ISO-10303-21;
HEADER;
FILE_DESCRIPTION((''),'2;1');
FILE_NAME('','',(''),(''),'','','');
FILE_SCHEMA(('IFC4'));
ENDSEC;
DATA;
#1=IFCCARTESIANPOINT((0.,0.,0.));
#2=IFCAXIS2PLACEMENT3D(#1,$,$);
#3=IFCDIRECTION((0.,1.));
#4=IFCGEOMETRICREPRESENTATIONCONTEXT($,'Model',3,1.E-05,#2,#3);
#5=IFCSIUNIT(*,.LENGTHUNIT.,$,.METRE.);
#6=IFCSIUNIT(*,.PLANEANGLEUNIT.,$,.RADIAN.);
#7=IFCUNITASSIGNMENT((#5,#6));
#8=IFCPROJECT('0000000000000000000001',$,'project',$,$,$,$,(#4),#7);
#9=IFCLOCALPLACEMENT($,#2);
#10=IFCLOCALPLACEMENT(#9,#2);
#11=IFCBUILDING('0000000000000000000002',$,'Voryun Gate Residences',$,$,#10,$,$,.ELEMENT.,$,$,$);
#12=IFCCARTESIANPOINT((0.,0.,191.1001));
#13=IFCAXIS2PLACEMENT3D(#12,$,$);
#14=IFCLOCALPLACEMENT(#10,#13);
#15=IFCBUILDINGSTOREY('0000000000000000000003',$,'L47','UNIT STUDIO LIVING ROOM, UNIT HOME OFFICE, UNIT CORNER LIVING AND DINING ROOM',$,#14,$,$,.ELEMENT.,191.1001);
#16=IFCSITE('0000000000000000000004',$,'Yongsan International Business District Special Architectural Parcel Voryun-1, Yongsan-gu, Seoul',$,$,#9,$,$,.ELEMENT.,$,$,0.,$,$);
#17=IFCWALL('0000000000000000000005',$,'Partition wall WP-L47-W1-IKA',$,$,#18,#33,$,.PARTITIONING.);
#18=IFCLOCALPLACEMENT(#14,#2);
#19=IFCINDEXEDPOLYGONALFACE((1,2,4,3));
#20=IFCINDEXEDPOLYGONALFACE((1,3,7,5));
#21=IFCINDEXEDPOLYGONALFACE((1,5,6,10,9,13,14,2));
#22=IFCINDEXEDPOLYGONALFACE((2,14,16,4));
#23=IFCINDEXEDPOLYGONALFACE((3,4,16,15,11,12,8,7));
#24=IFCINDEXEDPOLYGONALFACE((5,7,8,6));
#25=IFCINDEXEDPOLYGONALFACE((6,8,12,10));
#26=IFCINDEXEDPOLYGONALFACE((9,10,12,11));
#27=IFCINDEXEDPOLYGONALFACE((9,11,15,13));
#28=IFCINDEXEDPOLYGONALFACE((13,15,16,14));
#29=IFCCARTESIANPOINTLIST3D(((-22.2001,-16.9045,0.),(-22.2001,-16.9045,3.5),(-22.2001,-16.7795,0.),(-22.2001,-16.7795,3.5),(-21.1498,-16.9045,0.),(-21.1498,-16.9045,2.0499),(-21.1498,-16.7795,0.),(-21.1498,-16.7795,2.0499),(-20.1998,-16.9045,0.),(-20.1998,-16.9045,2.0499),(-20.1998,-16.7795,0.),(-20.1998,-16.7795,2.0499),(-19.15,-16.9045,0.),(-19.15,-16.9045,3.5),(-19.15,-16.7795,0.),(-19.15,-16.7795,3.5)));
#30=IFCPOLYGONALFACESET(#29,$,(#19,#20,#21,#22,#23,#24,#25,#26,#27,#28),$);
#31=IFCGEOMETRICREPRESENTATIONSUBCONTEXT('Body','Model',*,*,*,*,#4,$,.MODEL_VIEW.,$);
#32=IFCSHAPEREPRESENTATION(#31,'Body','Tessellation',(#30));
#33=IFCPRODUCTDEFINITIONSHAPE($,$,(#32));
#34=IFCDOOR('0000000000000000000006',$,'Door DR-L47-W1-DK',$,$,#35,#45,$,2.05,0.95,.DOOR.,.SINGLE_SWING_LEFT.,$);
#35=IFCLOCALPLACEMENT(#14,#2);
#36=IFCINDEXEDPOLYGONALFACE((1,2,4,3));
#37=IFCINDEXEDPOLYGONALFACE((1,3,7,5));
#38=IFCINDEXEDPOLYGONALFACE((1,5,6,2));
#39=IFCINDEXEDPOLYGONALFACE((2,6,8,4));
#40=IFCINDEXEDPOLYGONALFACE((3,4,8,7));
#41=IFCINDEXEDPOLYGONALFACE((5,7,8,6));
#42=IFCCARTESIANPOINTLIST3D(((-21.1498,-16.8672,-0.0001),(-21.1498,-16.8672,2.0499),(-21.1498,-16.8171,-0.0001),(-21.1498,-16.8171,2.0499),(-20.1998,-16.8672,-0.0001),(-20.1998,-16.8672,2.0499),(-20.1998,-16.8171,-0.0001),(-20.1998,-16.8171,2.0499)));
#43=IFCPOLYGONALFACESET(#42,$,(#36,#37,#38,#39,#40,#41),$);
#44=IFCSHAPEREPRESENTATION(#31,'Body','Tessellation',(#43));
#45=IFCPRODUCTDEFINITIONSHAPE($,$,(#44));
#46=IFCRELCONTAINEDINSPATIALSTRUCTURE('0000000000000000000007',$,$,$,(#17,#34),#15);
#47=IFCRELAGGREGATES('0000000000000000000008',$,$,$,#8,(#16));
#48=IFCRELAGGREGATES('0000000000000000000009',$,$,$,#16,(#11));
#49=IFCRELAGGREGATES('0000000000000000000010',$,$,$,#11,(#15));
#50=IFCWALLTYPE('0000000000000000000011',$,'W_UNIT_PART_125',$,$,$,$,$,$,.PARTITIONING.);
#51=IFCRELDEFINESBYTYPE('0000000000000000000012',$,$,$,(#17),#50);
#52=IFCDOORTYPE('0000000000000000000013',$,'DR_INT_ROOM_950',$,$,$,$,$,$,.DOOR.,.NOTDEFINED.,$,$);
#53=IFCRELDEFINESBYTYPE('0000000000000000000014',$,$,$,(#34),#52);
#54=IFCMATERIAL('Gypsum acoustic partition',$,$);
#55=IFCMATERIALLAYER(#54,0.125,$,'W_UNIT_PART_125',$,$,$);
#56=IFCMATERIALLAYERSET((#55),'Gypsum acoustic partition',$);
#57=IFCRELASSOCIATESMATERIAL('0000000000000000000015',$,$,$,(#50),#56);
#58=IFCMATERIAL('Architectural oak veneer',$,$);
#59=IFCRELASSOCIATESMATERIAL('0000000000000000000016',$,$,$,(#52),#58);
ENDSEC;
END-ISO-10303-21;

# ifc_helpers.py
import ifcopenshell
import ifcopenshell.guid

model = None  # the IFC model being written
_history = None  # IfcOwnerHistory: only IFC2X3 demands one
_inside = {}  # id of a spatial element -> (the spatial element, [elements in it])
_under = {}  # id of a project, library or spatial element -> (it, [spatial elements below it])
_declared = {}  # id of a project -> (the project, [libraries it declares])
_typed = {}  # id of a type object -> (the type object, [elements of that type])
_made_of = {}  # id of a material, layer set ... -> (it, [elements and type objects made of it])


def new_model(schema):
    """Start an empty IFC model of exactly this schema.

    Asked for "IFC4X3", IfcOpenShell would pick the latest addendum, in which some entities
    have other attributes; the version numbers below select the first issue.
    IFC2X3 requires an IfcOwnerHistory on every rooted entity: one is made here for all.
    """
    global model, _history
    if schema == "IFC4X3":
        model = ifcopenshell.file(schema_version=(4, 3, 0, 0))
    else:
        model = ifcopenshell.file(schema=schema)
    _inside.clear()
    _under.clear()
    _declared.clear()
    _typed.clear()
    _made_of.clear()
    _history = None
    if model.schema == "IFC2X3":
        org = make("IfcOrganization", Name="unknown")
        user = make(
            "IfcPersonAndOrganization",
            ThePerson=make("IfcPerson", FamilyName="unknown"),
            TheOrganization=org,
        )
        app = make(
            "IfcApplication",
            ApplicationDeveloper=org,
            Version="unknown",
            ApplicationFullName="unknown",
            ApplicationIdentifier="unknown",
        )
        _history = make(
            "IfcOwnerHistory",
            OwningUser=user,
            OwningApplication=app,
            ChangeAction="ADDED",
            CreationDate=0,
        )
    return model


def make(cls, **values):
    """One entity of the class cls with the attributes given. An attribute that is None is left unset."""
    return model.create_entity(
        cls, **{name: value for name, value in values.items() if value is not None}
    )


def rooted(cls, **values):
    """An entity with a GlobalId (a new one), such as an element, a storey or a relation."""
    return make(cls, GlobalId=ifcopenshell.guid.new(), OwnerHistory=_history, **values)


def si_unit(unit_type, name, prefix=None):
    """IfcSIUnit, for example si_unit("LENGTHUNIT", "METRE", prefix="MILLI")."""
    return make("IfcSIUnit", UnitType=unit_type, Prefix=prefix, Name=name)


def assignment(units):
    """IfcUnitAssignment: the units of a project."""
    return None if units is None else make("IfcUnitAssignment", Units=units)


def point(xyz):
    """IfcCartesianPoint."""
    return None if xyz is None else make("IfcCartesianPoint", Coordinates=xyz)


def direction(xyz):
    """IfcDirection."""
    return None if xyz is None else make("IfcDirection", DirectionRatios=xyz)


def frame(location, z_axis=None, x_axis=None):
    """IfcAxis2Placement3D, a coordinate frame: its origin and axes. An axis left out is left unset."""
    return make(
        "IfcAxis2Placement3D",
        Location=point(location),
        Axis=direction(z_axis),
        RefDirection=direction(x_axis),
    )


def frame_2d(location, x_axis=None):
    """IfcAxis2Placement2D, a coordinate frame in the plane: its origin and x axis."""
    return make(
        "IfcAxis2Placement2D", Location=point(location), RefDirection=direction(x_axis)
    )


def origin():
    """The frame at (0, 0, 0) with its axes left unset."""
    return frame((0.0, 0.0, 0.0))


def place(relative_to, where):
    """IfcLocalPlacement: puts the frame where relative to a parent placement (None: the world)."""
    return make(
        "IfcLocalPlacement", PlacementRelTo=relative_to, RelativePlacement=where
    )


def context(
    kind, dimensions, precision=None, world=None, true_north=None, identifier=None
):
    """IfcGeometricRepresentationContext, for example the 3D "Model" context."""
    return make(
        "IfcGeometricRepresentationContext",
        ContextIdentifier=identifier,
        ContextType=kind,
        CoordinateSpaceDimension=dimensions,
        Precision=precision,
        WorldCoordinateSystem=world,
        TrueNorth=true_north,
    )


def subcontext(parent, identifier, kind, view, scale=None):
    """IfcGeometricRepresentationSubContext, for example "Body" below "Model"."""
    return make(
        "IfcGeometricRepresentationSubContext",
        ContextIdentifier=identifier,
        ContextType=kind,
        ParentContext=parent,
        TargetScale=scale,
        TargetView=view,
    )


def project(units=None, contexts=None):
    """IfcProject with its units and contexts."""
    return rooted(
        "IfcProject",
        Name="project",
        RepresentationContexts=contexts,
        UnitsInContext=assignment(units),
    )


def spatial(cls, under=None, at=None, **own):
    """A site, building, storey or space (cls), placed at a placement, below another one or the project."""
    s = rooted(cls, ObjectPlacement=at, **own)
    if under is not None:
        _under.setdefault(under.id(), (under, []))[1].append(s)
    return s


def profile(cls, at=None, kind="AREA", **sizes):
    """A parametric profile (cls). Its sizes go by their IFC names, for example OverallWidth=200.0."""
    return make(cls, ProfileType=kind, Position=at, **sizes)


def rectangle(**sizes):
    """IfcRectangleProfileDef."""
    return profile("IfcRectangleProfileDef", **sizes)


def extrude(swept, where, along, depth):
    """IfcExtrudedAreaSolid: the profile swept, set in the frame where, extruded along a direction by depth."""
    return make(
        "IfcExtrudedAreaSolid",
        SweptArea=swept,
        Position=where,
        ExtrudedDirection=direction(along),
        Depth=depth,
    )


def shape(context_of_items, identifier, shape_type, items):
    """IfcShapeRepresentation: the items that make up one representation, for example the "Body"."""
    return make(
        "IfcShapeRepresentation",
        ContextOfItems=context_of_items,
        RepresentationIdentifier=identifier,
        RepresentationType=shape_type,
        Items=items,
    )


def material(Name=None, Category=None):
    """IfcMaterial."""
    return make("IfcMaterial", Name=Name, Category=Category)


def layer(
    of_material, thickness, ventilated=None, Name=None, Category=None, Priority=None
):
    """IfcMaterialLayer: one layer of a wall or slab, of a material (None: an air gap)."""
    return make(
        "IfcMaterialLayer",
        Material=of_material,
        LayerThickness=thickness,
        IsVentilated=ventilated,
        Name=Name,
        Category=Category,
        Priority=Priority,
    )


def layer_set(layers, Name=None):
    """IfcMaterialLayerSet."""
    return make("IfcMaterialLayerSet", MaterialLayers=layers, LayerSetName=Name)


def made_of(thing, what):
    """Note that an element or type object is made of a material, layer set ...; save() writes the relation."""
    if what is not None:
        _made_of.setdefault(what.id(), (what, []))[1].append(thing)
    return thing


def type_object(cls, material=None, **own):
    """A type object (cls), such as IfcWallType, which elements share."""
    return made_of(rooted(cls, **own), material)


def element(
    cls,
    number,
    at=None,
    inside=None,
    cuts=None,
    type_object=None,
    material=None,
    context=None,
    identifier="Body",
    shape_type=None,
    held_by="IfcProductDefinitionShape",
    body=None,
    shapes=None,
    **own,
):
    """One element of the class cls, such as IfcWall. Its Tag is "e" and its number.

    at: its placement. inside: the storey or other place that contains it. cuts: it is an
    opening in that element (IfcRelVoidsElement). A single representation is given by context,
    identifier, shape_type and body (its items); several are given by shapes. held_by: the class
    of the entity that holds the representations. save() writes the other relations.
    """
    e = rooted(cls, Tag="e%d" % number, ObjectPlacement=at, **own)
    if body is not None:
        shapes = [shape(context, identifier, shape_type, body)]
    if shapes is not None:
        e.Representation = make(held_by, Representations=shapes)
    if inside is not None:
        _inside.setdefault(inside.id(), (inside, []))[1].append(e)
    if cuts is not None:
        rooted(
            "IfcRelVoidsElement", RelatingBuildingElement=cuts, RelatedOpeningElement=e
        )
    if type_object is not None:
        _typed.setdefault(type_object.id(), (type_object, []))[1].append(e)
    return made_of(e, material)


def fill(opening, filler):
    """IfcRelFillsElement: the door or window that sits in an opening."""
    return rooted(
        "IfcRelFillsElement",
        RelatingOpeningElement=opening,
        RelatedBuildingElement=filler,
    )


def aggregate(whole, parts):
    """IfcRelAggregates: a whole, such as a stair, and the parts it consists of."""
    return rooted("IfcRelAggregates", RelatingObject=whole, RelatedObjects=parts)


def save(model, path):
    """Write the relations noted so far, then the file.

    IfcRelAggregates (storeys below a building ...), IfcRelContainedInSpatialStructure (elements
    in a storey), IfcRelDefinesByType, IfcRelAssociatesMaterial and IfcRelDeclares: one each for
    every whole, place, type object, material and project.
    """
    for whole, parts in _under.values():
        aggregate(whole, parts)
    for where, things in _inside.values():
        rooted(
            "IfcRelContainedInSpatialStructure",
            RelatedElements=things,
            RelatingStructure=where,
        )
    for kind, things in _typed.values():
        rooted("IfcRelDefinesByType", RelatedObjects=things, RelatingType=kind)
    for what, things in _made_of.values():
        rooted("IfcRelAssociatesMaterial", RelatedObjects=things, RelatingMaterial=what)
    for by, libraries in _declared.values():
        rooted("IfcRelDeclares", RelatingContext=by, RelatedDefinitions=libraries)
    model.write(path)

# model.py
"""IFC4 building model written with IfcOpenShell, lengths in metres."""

from ifc_helpers import new_model, si_unit, direction, frame, frame_2d, origin, place, context, subcontext, project, spatial, rectangle, extrude, material, layer, layer_set, type_object, element, fill, save


model = new_model("IFC4")

# Units and contexts
model_context = context("Model", 3, precision=1e-05, world=origin(), true_north=direction((0.0, 1.0)))
body_context = subcontext(model_context, "Body", "Model", "MODEL_VIEW")
ifc_project = project(units=[si_unit("LENGTHUNIT", "METRE"), si_unit("PLANEANGLEUNIT", "RADIAN")], contexts=[model_context])

# Site, building, storey
site_placement = place(None, origin())
site = spatial("IfcSite", under=ifc_project, at=site_placement, Name="Yongsan International Business District Special Architectural Parcel Voryun-1, Yongsan-gu, Seoul", CompositionType="ELEMENT", RefElevation=0.0)
building_placement = place(site_placement, origin())
building = spatial("IfcBuilding", under=site, at=building_placement, Name="Voryun Gate Residences", CompositionType="ELEMENT")
storey_placement = place(building_placement, frame((0.0, 0.0, 191.1001)))
storey = spatial("IfcBuildingStorey", under=building, at=storey_placement, Name="L47", Description="UNIT STUDIO LIVING ROOM, UNIT HOME OFFICE, UNIT CORNER LIVING AND DINING ROOM", CompositionType="ELEMENT", Elevation=191.1001)

# Shared definitions
ifc_material_1 = material(Name="Gypsum acoustic partition")
ifc_layer_1 = layer(ifc_material_1, 0.125, Name="W_UNIT_PART_125")
ifc_layer_set_1 = layer_set([ifc_layer_1], Name="Gypsum acoustic partition")
wall_type_1 = type_object("IfcWallType", Name="W_UNIT_PART_125", PredefinedType="PARTITIONING", material=ifc_layer_set_1)

# Wall, opening, door
wall_1_placement = place(storey_placement, frame((-22.2, -16.842, 0.0), z_axis=(0.0, 0.0, 1.0), x_axis=(1.0, 0.0, 0.0)))
wall_1 = element("IfcWall", 1, at=wall_1_placement, inside=storey, type_object=wall_type_1, Name="Partition wall WP-L47-W1-IKA", PredefinedType="PARTITIONING", context=body_context, shape_type="SweptSolid", body=[
    extrude(rectangle(XDim=3.05, YDim=0.125, at=frame_2d((1.5249, 0.0))), origin(), (0.0, 0.0, 1.0), 3.5),
])
opening_1_placement = place(wall_1_placement, frame((1.05, 0.0, 0.0)))
opening_1 = element("IfcOpeningElement", 2, at=opening_1_placement, cuts=wall_1, PredefinedType="OPENING", context=body_context, shape_type="SweptSolid", body=[
    extrude(rectangle(XDim=0.95, YDim=2.05, at=frame_2d((0.4751, 1.0249))), frame((0.0, 0.0725, 0.0), z_axis=(0.0, -1.0, 0.0), x_axis=(1.0, 0.0, 0.0)), (0.0, 0.0, 1.0), 0.145),
])
ifc_material_2 = material(Name="Architectural oak veneer")
door_type_1 = type_object("IfcDoorType", Name="DR_INT_ROOM_950", OperationType="NOTDEFINED", PredefinedType="DOOR", material=ifc_material_2)
door_1_placement = place(opening_1_placement, origin())
door_1 = element("IfcDoor", 3, at=door_1_placement, inside=storey, type_object=door_type_1, Name="Door DR-L47-W1-DK", OperationType="SINGLE_SWING_LEFT", OverallHeight=2.05, OverallWidth=0.95, PredefinedType="DOOR", context=body_context, shape_type="SweptSolid", body=[
    extrude(rectangle(XDim=0.95, YDim=2.05, at=frame_2d((0.4751, 1.0249))), frame((0.0, 0.0249, 0.0), z_axis=(0.0, -1.0, 0.0), x_axis=(1.0, 0.0, 0.0)), (0.0, 0.0, 1.0), 0.05),
])
fill(opening_1, door_1)

save(model, "model.ifc")
